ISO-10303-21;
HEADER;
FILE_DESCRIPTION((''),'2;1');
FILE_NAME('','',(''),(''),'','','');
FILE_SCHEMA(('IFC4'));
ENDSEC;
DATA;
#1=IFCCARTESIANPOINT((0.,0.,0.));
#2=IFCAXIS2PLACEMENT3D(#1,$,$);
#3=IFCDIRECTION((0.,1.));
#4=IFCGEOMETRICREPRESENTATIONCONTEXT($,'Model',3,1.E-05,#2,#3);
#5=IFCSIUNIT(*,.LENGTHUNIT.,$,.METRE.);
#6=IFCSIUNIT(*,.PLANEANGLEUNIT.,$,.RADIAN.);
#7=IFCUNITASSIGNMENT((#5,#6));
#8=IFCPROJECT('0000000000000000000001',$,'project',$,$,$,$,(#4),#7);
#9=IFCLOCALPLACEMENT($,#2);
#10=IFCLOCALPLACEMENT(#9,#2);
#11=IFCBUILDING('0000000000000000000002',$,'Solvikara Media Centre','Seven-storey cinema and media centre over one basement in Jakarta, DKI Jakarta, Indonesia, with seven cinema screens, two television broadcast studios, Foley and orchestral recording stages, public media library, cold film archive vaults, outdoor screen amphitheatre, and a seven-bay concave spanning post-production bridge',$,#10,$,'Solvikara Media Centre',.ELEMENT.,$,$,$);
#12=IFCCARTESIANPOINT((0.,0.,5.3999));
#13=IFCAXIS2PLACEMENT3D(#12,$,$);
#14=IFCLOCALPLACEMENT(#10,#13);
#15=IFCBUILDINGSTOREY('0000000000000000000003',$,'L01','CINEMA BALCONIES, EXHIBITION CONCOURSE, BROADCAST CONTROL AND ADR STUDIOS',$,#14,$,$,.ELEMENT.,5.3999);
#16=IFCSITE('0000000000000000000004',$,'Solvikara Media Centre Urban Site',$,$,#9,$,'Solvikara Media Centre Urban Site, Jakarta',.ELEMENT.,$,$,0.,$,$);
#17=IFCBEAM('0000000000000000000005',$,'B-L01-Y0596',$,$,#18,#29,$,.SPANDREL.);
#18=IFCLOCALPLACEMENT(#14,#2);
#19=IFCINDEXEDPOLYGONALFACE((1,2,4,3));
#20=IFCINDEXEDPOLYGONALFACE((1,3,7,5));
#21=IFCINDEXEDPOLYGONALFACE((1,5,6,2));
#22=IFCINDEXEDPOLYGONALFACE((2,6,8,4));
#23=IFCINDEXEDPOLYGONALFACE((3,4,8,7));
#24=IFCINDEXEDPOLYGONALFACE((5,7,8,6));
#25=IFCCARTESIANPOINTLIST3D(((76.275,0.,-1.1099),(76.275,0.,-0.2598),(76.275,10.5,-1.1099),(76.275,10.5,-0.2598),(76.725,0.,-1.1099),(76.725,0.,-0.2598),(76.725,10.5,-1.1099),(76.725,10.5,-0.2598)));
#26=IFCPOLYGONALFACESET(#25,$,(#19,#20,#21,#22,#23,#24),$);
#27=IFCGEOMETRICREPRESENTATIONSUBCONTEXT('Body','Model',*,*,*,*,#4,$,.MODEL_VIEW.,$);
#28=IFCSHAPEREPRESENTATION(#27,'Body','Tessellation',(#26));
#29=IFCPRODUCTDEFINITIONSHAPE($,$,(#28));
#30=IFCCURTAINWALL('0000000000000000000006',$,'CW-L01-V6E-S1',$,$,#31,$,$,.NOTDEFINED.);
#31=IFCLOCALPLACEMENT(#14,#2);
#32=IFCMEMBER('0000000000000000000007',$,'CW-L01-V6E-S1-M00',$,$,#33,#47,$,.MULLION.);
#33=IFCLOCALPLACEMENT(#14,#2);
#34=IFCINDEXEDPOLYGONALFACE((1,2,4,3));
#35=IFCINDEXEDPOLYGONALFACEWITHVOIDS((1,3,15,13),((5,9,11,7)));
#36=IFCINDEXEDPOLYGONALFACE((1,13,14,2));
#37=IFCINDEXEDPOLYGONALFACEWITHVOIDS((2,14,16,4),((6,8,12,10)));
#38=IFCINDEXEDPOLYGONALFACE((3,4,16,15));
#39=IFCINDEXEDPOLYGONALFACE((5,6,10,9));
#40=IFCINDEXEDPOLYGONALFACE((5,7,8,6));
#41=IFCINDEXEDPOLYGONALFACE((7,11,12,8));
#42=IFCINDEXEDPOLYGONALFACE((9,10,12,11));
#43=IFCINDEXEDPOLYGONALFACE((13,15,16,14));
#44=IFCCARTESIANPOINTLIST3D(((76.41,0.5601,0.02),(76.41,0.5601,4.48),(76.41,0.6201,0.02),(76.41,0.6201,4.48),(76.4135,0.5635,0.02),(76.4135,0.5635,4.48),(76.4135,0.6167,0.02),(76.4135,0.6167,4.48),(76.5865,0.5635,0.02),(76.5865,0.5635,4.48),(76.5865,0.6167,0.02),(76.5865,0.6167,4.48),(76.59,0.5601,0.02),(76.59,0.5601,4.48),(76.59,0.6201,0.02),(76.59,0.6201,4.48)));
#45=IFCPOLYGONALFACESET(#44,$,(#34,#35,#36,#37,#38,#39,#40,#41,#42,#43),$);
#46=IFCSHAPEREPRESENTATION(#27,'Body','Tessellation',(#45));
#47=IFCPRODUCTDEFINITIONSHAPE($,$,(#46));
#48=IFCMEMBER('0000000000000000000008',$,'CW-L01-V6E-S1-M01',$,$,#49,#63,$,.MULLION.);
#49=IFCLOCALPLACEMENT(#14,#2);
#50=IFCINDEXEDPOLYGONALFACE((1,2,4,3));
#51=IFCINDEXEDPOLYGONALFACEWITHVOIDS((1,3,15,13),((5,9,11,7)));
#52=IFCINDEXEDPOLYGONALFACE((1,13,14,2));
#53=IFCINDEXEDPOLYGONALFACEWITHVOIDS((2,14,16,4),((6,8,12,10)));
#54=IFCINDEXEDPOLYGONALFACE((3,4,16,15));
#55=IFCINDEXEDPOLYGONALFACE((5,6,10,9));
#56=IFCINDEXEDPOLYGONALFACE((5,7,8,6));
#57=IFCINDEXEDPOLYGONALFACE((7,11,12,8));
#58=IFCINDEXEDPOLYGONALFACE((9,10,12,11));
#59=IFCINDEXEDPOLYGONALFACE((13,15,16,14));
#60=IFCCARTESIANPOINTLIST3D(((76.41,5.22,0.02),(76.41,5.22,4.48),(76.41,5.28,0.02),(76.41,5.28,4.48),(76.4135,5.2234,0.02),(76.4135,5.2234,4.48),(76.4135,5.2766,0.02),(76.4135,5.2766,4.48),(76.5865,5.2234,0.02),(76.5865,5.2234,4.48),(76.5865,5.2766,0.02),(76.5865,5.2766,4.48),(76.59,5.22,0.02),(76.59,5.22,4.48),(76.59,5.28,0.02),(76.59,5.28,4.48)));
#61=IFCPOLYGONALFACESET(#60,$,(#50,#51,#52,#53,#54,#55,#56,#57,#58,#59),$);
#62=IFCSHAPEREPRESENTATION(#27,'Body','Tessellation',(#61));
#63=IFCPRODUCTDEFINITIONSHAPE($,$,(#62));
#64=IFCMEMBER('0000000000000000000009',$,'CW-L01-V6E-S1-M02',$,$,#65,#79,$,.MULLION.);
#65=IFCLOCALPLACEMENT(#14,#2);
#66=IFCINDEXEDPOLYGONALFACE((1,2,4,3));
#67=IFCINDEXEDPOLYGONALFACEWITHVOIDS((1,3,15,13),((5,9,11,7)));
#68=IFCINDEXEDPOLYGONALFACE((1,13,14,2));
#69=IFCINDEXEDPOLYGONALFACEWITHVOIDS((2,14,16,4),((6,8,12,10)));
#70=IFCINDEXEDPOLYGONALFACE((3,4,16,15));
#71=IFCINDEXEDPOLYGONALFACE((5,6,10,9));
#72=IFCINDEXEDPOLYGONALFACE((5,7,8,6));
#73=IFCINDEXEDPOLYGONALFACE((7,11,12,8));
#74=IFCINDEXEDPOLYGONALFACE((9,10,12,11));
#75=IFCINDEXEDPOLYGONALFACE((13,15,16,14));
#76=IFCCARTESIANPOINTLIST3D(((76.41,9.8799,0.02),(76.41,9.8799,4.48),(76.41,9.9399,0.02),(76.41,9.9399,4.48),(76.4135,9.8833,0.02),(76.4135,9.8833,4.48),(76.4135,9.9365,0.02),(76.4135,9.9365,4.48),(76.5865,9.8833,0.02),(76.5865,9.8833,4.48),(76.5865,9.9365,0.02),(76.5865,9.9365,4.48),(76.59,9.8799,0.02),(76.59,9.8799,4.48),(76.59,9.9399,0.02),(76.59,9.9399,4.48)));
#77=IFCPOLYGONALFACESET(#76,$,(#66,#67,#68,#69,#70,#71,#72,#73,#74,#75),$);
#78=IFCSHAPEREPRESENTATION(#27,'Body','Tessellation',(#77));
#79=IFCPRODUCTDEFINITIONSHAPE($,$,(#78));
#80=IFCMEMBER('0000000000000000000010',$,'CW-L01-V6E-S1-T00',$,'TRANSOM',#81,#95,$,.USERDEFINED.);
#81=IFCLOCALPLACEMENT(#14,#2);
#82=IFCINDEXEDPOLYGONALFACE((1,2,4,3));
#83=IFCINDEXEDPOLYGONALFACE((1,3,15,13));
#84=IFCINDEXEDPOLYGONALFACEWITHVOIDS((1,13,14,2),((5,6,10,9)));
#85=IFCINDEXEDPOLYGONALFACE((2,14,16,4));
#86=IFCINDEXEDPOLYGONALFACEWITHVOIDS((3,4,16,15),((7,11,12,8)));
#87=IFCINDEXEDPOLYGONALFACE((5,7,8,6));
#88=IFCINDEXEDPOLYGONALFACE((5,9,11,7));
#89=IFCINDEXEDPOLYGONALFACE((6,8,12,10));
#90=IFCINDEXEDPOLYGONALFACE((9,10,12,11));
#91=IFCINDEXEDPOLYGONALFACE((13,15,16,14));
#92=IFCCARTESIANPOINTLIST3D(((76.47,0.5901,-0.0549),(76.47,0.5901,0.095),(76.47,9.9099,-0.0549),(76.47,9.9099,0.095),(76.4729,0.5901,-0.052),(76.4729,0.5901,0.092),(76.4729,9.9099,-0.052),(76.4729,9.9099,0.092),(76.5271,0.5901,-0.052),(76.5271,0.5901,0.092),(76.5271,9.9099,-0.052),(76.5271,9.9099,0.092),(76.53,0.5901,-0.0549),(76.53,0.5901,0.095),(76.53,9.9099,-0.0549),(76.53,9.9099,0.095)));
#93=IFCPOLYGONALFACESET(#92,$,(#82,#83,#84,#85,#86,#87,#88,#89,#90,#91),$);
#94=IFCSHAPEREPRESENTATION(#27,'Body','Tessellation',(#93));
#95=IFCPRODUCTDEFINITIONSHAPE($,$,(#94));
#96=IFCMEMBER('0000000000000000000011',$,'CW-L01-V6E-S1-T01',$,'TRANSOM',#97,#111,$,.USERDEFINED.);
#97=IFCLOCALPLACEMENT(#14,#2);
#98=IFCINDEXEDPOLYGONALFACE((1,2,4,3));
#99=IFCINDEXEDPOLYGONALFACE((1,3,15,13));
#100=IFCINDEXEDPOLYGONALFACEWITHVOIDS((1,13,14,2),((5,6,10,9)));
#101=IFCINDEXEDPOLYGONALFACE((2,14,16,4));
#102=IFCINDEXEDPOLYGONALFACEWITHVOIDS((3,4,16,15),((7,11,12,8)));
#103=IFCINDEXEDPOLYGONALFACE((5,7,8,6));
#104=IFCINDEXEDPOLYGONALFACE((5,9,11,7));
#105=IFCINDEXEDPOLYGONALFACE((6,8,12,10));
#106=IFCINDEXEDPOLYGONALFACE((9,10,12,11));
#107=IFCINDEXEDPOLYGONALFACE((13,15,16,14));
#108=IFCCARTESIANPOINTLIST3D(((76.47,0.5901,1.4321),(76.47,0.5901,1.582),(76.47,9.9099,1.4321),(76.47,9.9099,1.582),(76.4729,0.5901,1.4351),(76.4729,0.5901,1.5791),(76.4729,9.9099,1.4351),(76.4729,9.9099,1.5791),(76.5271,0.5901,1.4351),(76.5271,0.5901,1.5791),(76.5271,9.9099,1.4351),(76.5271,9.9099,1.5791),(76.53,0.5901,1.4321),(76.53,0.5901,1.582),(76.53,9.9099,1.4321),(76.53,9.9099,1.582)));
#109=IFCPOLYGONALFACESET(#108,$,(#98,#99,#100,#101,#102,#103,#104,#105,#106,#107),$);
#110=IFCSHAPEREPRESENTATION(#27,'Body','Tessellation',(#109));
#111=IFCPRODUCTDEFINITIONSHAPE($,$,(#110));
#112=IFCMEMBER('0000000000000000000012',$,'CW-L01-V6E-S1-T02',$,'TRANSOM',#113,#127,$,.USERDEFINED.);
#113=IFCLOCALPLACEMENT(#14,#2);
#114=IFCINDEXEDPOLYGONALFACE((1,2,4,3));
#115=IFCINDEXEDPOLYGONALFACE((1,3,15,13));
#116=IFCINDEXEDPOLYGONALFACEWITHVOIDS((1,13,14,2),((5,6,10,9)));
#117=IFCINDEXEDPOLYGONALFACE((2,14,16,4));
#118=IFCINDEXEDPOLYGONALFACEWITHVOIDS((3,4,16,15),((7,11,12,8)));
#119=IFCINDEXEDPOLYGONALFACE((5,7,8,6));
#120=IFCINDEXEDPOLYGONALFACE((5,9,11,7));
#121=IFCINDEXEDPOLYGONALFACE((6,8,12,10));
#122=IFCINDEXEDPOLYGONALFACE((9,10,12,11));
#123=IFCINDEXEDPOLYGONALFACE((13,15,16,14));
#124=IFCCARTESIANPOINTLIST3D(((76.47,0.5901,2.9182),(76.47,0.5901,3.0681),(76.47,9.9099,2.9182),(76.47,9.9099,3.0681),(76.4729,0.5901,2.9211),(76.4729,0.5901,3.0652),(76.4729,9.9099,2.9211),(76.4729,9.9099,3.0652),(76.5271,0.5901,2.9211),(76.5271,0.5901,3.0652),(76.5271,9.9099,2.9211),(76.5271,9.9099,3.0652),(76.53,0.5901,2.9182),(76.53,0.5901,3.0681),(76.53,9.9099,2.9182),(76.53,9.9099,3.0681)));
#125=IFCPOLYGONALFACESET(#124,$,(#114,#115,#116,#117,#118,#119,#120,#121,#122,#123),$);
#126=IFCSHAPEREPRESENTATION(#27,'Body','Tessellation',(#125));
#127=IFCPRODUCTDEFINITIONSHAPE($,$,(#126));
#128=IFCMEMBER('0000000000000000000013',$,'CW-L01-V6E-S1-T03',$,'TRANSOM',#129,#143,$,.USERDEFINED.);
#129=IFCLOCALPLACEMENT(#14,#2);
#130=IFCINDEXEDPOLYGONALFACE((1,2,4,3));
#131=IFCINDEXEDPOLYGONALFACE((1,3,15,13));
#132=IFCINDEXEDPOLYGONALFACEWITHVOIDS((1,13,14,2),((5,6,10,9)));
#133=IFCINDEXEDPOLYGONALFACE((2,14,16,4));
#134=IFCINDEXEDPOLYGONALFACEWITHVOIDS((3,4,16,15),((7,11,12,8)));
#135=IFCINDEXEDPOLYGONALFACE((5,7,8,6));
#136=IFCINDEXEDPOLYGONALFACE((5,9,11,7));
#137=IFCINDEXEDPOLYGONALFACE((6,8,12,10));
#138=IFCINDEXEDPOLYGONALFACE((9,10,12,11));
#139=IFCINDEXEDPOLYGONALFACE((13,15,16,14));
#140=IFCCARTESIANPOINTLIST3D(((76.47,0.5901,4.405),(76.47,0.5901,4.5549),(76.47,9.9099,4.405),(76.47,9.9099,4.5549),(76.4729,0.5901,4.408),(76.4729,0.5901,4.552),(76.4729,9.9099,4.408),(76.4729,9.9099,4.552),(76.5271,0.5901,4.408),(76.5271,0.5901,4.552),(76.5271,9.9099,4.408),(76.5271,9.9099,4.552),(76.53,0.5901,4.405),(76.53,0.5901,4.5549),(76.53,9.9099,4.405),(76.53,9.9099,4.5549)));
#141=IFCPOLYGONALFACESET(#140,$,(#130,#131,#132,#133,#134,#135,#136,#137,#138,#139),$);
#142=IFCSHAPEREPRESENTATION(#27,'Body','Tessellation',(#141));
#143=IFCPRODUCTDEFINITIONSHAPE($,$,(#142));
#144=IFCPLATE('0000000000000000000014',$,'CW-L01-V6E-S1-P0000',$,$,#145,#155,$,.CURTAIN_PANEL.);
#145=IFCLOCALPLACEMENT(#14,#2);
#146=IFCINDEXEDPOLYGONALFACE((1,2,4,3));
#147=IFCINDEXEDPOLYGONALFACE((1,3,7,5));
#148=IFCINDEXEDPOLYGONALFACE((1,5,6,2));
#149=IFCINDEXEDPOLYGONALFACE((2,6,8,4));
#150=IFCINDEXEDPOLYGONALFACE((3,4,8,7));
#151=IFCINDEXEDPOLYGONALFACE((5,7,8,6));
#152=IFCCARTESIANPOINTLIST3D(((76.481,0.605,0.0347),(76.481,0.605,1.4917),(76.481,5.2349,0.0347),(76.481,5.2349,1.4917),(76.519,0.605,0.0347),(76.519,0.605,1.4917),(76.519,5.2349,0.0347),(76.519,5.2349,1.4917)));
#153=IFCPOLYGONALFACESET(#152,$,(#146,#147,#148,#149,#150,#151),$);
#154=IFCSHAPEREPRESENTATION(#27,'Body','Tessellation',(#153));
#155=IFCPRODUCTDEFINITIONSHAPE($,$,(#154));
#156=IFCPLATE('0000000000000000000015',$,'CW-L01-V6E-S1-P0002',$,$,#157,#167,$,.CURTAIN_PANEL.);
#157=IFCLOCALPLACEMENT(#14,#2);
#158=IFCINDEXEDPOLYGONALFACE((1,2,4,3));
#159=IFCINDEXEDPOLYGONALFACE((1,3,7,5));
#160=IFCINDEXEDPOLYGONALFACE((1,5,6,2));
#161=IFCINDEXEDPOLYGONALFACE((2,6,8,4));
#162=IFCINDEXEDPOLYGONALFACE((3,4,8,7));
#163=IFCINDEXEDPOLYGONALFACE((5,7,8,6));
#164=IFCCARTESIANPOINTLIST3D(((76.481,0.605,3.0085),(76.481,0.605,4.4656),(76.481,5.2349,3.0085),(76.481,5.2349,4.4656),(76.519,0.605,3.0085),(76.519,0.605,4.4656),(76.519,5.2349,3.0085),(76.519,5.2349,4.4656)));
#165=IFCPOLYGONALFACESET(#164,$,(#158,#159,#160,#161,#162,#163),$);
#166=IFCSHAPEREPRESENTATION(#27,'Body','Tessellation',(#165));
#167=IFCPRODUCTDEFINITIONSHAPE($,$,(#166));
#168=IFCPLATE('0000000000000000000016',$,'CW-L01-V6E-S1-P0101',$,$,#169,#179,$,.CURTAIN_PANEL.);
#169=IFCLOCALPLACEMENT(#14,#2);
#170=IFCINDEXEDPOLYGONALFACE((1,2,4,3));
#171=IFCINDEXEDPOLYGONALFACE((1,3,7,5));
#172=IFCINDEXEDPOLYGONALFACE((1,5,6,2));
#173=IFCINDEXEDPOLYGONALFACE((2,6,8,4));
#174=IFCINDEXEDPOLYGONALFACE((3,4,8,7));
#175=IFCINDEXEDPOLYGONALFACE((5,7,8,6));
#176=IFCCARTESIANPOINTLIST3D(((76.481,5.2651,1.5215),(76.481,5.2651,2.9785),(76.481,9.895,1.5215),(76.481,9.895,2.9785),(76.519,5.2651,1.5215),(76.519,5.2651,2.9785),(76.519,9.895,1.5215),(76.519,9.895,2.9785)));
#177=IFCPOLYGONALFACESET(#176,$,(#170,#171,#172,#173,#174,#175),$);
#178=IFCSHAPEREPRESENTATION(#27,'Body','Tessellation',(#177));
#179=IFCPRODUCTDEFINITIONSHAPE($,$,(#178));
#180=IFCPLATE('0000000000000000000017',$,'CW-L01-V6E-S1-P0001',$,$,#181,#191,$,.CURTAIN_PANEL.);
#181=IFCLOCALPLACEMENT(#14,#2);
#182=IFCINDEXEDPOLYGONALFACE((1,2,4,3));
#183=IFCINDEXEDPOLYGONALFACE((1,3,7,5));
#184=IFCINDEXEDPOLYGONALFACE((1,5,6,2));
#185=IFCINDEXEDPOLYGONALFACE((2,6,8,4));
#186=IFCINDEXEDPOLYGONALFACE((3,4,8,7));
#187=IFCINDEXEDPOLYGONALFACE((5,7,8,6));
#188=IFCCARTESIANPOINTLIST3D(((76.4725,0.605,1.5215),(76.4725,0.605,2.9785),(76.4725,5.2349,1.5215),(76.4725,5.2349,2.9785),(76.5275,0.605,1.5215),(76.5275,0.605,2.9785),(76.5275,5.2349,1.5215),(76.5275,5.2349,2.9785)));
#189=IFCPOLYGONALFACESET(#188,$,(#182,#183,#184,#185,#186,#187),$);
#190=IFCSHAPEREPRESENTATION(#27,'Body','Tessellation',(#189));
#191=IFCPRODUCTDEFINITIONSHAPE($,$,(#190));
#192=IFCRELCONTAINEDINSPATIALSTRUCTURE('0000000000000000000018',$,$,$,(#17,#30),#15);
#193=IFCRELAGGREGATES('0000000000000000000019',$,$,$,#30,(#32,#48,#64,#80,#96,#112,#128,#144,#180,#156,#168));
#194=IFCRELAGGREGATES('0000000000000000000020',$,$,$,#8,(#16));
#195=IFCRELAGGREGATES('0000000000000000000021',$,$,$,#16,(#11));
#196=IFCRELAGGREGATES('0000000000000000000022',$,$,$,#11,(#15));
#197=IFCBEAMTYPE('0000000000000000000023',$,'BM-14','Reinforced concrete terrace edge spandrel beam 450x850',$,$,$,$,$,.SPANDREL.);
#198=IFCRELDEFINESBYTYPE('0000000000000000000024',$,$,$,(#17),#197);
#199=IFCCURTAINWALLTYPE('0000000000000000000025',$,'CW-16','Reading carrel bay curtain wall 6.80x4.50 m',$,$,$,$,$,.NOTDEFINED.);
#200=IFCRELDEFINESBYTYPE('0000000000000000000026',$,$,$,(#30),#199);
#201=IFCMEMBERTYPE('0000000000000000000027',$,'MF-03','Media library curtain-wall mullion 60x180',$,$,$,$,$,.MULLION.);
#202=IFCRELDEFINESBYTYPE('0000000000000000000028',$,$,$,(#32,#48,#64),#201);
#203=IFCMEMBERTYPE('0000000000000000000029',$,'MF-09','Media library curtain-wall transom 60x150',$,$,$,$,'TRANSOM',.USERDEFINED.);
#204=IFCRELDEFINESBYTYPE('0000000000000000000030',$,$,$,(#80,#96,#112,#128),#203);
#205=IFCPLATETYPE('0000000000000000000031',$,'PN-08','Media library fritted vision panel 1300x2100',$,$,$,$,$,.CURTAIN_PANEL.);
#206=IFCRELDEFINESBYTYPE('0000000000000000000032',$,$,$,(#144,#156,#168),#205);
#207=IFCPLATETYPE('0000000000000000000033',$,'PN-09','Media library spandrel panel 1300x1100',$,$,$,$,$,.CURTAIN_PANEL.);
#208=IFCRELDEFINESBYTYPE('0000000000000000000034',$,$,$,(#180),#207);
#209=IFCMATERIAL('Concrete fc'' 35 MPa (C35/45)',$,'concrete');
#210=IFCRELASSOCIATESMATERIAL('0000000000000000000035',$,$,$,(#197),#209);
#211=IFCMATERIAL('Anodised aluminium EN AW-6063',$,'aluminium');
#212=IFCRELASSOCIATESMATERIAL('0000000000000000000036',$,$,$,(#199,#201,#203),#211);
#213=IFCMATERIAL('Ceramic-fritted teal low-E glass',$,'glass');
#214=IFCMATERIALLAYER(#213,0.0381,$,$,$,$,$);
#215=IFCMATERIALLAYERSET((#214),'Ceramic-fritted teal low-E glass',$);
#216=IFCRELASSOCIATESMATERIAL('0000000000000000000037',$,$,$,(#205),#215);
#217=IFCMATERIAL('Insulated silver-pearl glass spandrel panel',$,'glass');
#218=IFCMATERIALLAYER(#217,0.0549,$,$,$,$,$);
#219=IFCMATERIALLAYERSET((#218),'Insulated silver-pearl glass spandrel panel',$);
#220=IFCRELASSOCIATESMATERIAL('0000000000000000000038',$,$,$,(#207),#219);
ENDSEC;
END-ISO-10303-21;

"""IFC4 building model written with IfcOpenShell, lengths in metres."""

from ifc_helpers import new_model, si_unit, direction, frame, origin, origin_2d, place, context, subcontext, project, spatial, rectangle, hollow_rectangle, extrude, material, layer, layer_set, material_profile, profile_set, type_object, element, aggregate, save


model = new_model("IFC4")

# Units and contexts
model_context = context("Model", 3, precision=1e-05, world=origin(), true_north=direction((0.0, 1.0)))
body_context = subcontext(model_context, "Body", "Model", "MODEL_VIEW")
ifc_project = project(units=[si_unit("LENGTHUNIT", "METRE"), si_unit("PLANEANGLEUNIT", "RADIAN")], contexts=[model_context])

# Site, building, storey
site_placement = place(None, origin())
site = spatial("IfcSite", under=ifc_project, at=site_placement, Name="Solvikara Media Centre Urban Site", LongName="Solvikara Media Centre Urban Site, Jakarta", CompositionType="ELEMENT", RefElevation=0.0)
building_placement = place(site_placement, origin())
building = spatial("IfcBuilding", under=site, at=building_placement, Name="Solvikara Media Centre", Description="Seven-storey cinema and media centre over one basement in Jakarta, DKI Jakarta, Indonesia, with seven cinema screens, two television broadcast studios, Foley and orchestral recording stages, public media library, cold film archive vaults, outdoor screen amphitheatre, and a seven-bay concave spanning post-production bridge", LongName="Solvikara Media Centre", CompositionType="ELEMENT")
storey_placement = place(building_placement, frame((0.0, 0.0, 5.3999)))
storey = spatial("IfcBuildingStorey", under=building, at=storey_placement, Name="L01", Description="CINEMA BALCONIES, EXHIBITION CONCOURSE, BROADCAST CONTROL AND ADR STUDIOS", CompositionType="ELEMENT", Elevation=5.3999)

# Beam
ifc_material_1 = material(Name="Concrete fc' 35 MPa (C35/45)", Category="concrete")
ifc_material_profile_1 = material_profile(ifc_material_1, rectangle(XDim=0.45, YDim=0.8501, at=origin_2d()), Name="RC 450x850")
ifc_profile_set_1 = profile_set([ifc_material_profile_1], Name="Concrete fc' 35 MPa (C35/45)")
beam_type = type_object("IfcBeamType", Name="BM-14", Description="Reinforced concrete terrace edge spandrel beam 450x850", PredefinedType="SPANDREL", material=ifc_profile_set_1)
beam_placement = place(storey_placement, frame((76.5, 0.0, -0.6848), z_axis=(0.0, 1.0, 0.0), x_axis=(-1.0, 0.0, 0.0)))
element("IfcBeam", 1, at=beam_placement, inside=storey, type_object=beam_type, Name="B-L01-Y0596", PredefinedType="SPANDREL", context=body_context, shape_type="SweptSolid", body=[
    extrude(rectangle(XDim=0.45, YDim=0.8501, at=origin_2d()), origin(), (0.0, 0.0, 1.0), 10.5),
])

# Curtain wall, members, plates
ifc_material_2 = material(Name="Anodised aluminium EN AW-6063", Category="aluminium")
curtain_wall_type = type_object("IfcCurtainWallType", Name="CW-16", Description="Reading carrel bay curtain wall 6.80x4.50 m", PredefinedType="NOTDEFINED", material=ifc_material_2)
curtain_wall_placement = place(storey_placement, origin())
curtain_wall = element("IfcCurtainWall", 2, at=curtain_wall_placement, inside=storey, type_object=curtain_wall_type, Name="CW-L01-V6E-S1", PredefinedType="NOTDEFINED")
ifc_material_profile_2 = material_profile(ifc_material_2, hollow_rectangle(XDim=0.0601, YDim=0.1799, WallThickness=0.0034, at=origin_2d()), Name="ALU-M 60x180x3.5")
ifc_profile_set_2 = profile_set([ifc_material_profile_2], Name="Anodised aluminium EN AW-6063")
member_type_1 = type_object("IfcMemberType", Name="MF-03", Description="Media library curtain-wall mullion 60x180", PredefinedType="MULLION", material=ifc_profile_set_2)
member_1_placement = place(storey_placement, frame((76.5, 0.5901, 0.02), z_axis=(0.0, 0.0, 1.0), x_axis=(0.0, 1.0, 0.0)))
member_1 = element("IfcMember", 3, at=member_1_placement, type_object=member_type_1, Name="CW-L01-V6E-S1-M00", PredefinedType="MULLION", context=body_context, shape_type="SweptSolid", body=[
    extrude(hollow_rectangle(XDim=0.0601, YDim=0.1799, WallThickness=0.0034, at=origin_2d()), origin(), (0.0, 0.0, 1.0), 4.46),
])
member_2_placement = place(storey_placement, frame((76.5, 5.25, 0.02), z_axis=(0.0, 0.0, 1.0), x_axis=(0.0, 1.0, 0.0)))
member_2 = element("IfcMember", 4, at=member_2_placement, type_object=member_type_1, Name="CW-L01-V6E-S1-M01", PredefinedType="MULLION", context=body_context, shape_type="SweptSolid", body=[
    extrude(hollow_rectangle(XDim=0.0601, YDim=0.1799, WallThickness=0.0034, at=origin_2d()), origin(), (0.0, 0.0, 1.0), 4.46),
])
member_3_placement = place(storey_placement, frame((76.5, 9.9099, 0.02), z_axis=(0.0, 0.0, 1.0), x_axis=(0.0, 1.0, 0.0)))
member_3 = element("IfcMember", 5, at=member_3_placement, type_object=member_type_1, Name="CW-L01-V6E-S1-M02", PredefinedType="MULLION", context=body_context, shape_type="SweptSolid", body=[
    extrude(hollow_rectangle(XDim=0.0601, YDim=0.1799, WallThickness=0.0034, at=origin_2d()), origin(), (0.0, 0.0, 1.0), 4.46),
])
ifc_material_profile_3 = material_profile(ifc_material_2, hollow_rectangle(XDim=0.0601, YDim=0.1499, WallThickness=0.0029, at=origin_2d()), Name="ALU-T 60x150x3")
ifc_profile_set_3 = profile_set([ifc_material_profile_3], Name="Anodised aluminium EN AW-6063")
member_type_2 = type_object("IfcMemberType", Name="MF-09", Description="Media library curtain-wall transom 60x150", ElementType="TRANSOM", PredefinedType="USERDEFINED", material=ifc_profile_set_3)
member_4_placement = place(storey_placement, frame((76.5, 0.5901, 0.02), z_axis=(0.0, 1.0, 0.0), x_axis=(-1.0, 0.0, 0.0)))
member_4 = element("IfcMember", 6, at=member_4_placement, type_object=member_type_2, Name="CW-L01-V6E-S1-T00", ObjectType="TRANSOM", PredefinedType="USERDEFINED", context=body_context, shape_type="SweptSolid", body=[
    extrude(hollow_rectangle(XDim=0.0601, YDim=0.1499, WallThickness=0.0029, at=origin_2d()), origin(), (0.0, 0.0, 1.0), 9.3198),
])
member_5_placement = place(storey_placement, frame((76.5, 0.5901, 1.5071), z_axis=(0.0, 1.0, 0.0), x_axis=(-1.0, 0.0, 0.0)))
member_5 = element("IfcMember", 7, at=member_5_placement, type_object=member_type_2, Name="CW-L01-V6E-S1-T01", ObjectType="TRANSOM", PredefinedType="USERDEFINED", context=body_context, shape_type="SweptSolid", body=[
    extrude(hollow_rectangle(XDim=0.0601, YDim=0.1499, WallThickness=0.0029, at=origin_2d()), origin(), (0.0, 0.0, 1.0), 9.3198),
])
member_6_placement = place(storey_placement, frame((76.5, 0.5901, 2.9932), z_axis=(0.0, 1.0, 0.0), x_axis=(-1.0, 0.0, 0.0)))
member_6 = element("IfcMember", 8, at=member_6_placement, type_object=member_type_2, Name="CW-L01-V6E-S1-T02", ObjectType="TRANSOM", PredefinedType="USERDEFINED", context=body_context, shape_type="SweptSolid", body=[
    extrude(hollow_rectangle(XDim=0.0601, YDim=0.1499, WallThickness=0.0029, at=origin_2d()), origin(), (0.0, 0.0, 1.0), 9.3198),
])
member_7_placement = place(storey_placement, frame((76.5, 0.5901, 4.48), z_axis=(0.0, 1.0, 0.0), x_axis=(-1.0, 0.0, 0.0)))
member_7 = element("IfcMember", 9, at=member_7_placement, type_object=member_type_2, Name="CW-L01-V6E-S1-T03", ObjectType="TRANSOM", PredefinedType="USERDEFINED", context=body_context, shape_type="SweptSolid", body=[
    extrude(hollow_rectangle(XDim=0.0601, YDim=0.1499, WallThickness=0.0029, at=origin_2d()), origin(), (0.0, 0.0, 1.0), 9.3198),
])
ifc_material_3 = material(Name="Ceramic-fritted teal low-E glass", Category="glass")
ifc_layer_1 = layer(ifc_material_3, 0.0381)
ifc_layer_set_1 = layer_set([ifc_layer_1], Name="Ceramic-fritted teal low-E glass")
plate_type_1 = type_object("IfcPlateType", Name="PN-08", Description="Media library fritted vision panel 1300x2100", PredefinedType="CURTAIN_PANEL", material=ifc_layer_set_1)
plate_1_placement = place(storey_placement, frame((76.5, 2.9199, 0.0347), z_axis=(0.0, 0.0, 1.0), x_axis=(0.0, 1.0, 0.0)))
plate_1 = element("IfcPlate", 10, at=plate_1_placement, type_object=plate_type_1, Name="CW-L01-V6E-S1-P0000", PredefinedType="CURTAIN_PANEL", context=body_context, shape_type="SweptSolid", body=[
    extrude(rectangle(XDim=4.6299, YDim=0.0381, at=origin_2d()), origin(), (0.0, 0.0, 1.0), 1.457),
])
plate_2_placement = place(storey_placement, frame((76.5, 2.9199, 3.0085), z_axis=(0.0, 0.0, 1.0), x_axis=(0.0, 1.0, 0.0)))
plate_2 = element("IfcPlate", 11, at=plate_2_placement, type_object=plate_type_1, Name="CW-L01-V6E-S1-P0002", PredefinedType="CURTAIN_PANEL", context=body_context, shape_type="SweptSolid", body=[
    extrude(rectangle(XDim=4.6299, YDim=0.0381, at=origin_2d()), origin(), (0.0, 0.0, 1.0), 1.457),
])
plate_3_placement = place(storey_placement, frame((76.5, 7.5801, 1.5215), z_axis=(0.0, 0.0, 1.0), x_axis=(0.0, 1.0, 0.0)))
plate_3 = element("IfcPlate", 12, at=plate_3_placement, type_object=plate_type_1, Name="CW-L01-V6E-S1-P0101", PredefinedType="CURTAIN_PANEL", context=body_context, shape_type="SweptSolid", body=[
    extrude(rectangle(XDim=4.6299, YDim=0.0381, at=origin_2d()), origin(), (0.0, 0.0, 1.0), 1.457),
])
ifc_material_4 = material(Name="Insulated silver-pearl glass spandrel panel", Category="glass")
ifc_layer_2 = layer(ifc_material_4, 0.0549)
ifc_layer_set_2 = layer_set([ifc_layer_2], Name="Insulated silver-pearl glass spandrel panel")
plate_type_2 = type_object("IfcPlateType", Name="PN-09", Description="Media library spandrel panel 1300x1100", PredefinedType="CURTAIN_PANEL", material=ifc_layer_set_2)
plate_4_placement = place(storey_placement, frame((76.5, 2.9199, 1.5215), z_axis=(0.0, 0.0, 1.0), x_axis=(0.0, 1.0, 0.0)))
plate_4 = element("IfcPlate", 13, at=plate_4_placement, type_object=plate_type_2, Name="CW-L01-V6E-S1-P0001", PredefinedType="CURTAIN_PANEL", context=body_context, shape_type="SweptSolid", body=[
    extrude(rectangle(XDim=4.6299, YDim=0.0549, at=origin_2d()), origin(), (0.0, 0.0, 1.0), 1.457),
])
aggregate(curtain_wall, [member_1, member_2, member_3, member_4, member_5, member_6, member_7, plate_1, plate_4, plate_2, plate_3])

save(model, "model.ifc")
